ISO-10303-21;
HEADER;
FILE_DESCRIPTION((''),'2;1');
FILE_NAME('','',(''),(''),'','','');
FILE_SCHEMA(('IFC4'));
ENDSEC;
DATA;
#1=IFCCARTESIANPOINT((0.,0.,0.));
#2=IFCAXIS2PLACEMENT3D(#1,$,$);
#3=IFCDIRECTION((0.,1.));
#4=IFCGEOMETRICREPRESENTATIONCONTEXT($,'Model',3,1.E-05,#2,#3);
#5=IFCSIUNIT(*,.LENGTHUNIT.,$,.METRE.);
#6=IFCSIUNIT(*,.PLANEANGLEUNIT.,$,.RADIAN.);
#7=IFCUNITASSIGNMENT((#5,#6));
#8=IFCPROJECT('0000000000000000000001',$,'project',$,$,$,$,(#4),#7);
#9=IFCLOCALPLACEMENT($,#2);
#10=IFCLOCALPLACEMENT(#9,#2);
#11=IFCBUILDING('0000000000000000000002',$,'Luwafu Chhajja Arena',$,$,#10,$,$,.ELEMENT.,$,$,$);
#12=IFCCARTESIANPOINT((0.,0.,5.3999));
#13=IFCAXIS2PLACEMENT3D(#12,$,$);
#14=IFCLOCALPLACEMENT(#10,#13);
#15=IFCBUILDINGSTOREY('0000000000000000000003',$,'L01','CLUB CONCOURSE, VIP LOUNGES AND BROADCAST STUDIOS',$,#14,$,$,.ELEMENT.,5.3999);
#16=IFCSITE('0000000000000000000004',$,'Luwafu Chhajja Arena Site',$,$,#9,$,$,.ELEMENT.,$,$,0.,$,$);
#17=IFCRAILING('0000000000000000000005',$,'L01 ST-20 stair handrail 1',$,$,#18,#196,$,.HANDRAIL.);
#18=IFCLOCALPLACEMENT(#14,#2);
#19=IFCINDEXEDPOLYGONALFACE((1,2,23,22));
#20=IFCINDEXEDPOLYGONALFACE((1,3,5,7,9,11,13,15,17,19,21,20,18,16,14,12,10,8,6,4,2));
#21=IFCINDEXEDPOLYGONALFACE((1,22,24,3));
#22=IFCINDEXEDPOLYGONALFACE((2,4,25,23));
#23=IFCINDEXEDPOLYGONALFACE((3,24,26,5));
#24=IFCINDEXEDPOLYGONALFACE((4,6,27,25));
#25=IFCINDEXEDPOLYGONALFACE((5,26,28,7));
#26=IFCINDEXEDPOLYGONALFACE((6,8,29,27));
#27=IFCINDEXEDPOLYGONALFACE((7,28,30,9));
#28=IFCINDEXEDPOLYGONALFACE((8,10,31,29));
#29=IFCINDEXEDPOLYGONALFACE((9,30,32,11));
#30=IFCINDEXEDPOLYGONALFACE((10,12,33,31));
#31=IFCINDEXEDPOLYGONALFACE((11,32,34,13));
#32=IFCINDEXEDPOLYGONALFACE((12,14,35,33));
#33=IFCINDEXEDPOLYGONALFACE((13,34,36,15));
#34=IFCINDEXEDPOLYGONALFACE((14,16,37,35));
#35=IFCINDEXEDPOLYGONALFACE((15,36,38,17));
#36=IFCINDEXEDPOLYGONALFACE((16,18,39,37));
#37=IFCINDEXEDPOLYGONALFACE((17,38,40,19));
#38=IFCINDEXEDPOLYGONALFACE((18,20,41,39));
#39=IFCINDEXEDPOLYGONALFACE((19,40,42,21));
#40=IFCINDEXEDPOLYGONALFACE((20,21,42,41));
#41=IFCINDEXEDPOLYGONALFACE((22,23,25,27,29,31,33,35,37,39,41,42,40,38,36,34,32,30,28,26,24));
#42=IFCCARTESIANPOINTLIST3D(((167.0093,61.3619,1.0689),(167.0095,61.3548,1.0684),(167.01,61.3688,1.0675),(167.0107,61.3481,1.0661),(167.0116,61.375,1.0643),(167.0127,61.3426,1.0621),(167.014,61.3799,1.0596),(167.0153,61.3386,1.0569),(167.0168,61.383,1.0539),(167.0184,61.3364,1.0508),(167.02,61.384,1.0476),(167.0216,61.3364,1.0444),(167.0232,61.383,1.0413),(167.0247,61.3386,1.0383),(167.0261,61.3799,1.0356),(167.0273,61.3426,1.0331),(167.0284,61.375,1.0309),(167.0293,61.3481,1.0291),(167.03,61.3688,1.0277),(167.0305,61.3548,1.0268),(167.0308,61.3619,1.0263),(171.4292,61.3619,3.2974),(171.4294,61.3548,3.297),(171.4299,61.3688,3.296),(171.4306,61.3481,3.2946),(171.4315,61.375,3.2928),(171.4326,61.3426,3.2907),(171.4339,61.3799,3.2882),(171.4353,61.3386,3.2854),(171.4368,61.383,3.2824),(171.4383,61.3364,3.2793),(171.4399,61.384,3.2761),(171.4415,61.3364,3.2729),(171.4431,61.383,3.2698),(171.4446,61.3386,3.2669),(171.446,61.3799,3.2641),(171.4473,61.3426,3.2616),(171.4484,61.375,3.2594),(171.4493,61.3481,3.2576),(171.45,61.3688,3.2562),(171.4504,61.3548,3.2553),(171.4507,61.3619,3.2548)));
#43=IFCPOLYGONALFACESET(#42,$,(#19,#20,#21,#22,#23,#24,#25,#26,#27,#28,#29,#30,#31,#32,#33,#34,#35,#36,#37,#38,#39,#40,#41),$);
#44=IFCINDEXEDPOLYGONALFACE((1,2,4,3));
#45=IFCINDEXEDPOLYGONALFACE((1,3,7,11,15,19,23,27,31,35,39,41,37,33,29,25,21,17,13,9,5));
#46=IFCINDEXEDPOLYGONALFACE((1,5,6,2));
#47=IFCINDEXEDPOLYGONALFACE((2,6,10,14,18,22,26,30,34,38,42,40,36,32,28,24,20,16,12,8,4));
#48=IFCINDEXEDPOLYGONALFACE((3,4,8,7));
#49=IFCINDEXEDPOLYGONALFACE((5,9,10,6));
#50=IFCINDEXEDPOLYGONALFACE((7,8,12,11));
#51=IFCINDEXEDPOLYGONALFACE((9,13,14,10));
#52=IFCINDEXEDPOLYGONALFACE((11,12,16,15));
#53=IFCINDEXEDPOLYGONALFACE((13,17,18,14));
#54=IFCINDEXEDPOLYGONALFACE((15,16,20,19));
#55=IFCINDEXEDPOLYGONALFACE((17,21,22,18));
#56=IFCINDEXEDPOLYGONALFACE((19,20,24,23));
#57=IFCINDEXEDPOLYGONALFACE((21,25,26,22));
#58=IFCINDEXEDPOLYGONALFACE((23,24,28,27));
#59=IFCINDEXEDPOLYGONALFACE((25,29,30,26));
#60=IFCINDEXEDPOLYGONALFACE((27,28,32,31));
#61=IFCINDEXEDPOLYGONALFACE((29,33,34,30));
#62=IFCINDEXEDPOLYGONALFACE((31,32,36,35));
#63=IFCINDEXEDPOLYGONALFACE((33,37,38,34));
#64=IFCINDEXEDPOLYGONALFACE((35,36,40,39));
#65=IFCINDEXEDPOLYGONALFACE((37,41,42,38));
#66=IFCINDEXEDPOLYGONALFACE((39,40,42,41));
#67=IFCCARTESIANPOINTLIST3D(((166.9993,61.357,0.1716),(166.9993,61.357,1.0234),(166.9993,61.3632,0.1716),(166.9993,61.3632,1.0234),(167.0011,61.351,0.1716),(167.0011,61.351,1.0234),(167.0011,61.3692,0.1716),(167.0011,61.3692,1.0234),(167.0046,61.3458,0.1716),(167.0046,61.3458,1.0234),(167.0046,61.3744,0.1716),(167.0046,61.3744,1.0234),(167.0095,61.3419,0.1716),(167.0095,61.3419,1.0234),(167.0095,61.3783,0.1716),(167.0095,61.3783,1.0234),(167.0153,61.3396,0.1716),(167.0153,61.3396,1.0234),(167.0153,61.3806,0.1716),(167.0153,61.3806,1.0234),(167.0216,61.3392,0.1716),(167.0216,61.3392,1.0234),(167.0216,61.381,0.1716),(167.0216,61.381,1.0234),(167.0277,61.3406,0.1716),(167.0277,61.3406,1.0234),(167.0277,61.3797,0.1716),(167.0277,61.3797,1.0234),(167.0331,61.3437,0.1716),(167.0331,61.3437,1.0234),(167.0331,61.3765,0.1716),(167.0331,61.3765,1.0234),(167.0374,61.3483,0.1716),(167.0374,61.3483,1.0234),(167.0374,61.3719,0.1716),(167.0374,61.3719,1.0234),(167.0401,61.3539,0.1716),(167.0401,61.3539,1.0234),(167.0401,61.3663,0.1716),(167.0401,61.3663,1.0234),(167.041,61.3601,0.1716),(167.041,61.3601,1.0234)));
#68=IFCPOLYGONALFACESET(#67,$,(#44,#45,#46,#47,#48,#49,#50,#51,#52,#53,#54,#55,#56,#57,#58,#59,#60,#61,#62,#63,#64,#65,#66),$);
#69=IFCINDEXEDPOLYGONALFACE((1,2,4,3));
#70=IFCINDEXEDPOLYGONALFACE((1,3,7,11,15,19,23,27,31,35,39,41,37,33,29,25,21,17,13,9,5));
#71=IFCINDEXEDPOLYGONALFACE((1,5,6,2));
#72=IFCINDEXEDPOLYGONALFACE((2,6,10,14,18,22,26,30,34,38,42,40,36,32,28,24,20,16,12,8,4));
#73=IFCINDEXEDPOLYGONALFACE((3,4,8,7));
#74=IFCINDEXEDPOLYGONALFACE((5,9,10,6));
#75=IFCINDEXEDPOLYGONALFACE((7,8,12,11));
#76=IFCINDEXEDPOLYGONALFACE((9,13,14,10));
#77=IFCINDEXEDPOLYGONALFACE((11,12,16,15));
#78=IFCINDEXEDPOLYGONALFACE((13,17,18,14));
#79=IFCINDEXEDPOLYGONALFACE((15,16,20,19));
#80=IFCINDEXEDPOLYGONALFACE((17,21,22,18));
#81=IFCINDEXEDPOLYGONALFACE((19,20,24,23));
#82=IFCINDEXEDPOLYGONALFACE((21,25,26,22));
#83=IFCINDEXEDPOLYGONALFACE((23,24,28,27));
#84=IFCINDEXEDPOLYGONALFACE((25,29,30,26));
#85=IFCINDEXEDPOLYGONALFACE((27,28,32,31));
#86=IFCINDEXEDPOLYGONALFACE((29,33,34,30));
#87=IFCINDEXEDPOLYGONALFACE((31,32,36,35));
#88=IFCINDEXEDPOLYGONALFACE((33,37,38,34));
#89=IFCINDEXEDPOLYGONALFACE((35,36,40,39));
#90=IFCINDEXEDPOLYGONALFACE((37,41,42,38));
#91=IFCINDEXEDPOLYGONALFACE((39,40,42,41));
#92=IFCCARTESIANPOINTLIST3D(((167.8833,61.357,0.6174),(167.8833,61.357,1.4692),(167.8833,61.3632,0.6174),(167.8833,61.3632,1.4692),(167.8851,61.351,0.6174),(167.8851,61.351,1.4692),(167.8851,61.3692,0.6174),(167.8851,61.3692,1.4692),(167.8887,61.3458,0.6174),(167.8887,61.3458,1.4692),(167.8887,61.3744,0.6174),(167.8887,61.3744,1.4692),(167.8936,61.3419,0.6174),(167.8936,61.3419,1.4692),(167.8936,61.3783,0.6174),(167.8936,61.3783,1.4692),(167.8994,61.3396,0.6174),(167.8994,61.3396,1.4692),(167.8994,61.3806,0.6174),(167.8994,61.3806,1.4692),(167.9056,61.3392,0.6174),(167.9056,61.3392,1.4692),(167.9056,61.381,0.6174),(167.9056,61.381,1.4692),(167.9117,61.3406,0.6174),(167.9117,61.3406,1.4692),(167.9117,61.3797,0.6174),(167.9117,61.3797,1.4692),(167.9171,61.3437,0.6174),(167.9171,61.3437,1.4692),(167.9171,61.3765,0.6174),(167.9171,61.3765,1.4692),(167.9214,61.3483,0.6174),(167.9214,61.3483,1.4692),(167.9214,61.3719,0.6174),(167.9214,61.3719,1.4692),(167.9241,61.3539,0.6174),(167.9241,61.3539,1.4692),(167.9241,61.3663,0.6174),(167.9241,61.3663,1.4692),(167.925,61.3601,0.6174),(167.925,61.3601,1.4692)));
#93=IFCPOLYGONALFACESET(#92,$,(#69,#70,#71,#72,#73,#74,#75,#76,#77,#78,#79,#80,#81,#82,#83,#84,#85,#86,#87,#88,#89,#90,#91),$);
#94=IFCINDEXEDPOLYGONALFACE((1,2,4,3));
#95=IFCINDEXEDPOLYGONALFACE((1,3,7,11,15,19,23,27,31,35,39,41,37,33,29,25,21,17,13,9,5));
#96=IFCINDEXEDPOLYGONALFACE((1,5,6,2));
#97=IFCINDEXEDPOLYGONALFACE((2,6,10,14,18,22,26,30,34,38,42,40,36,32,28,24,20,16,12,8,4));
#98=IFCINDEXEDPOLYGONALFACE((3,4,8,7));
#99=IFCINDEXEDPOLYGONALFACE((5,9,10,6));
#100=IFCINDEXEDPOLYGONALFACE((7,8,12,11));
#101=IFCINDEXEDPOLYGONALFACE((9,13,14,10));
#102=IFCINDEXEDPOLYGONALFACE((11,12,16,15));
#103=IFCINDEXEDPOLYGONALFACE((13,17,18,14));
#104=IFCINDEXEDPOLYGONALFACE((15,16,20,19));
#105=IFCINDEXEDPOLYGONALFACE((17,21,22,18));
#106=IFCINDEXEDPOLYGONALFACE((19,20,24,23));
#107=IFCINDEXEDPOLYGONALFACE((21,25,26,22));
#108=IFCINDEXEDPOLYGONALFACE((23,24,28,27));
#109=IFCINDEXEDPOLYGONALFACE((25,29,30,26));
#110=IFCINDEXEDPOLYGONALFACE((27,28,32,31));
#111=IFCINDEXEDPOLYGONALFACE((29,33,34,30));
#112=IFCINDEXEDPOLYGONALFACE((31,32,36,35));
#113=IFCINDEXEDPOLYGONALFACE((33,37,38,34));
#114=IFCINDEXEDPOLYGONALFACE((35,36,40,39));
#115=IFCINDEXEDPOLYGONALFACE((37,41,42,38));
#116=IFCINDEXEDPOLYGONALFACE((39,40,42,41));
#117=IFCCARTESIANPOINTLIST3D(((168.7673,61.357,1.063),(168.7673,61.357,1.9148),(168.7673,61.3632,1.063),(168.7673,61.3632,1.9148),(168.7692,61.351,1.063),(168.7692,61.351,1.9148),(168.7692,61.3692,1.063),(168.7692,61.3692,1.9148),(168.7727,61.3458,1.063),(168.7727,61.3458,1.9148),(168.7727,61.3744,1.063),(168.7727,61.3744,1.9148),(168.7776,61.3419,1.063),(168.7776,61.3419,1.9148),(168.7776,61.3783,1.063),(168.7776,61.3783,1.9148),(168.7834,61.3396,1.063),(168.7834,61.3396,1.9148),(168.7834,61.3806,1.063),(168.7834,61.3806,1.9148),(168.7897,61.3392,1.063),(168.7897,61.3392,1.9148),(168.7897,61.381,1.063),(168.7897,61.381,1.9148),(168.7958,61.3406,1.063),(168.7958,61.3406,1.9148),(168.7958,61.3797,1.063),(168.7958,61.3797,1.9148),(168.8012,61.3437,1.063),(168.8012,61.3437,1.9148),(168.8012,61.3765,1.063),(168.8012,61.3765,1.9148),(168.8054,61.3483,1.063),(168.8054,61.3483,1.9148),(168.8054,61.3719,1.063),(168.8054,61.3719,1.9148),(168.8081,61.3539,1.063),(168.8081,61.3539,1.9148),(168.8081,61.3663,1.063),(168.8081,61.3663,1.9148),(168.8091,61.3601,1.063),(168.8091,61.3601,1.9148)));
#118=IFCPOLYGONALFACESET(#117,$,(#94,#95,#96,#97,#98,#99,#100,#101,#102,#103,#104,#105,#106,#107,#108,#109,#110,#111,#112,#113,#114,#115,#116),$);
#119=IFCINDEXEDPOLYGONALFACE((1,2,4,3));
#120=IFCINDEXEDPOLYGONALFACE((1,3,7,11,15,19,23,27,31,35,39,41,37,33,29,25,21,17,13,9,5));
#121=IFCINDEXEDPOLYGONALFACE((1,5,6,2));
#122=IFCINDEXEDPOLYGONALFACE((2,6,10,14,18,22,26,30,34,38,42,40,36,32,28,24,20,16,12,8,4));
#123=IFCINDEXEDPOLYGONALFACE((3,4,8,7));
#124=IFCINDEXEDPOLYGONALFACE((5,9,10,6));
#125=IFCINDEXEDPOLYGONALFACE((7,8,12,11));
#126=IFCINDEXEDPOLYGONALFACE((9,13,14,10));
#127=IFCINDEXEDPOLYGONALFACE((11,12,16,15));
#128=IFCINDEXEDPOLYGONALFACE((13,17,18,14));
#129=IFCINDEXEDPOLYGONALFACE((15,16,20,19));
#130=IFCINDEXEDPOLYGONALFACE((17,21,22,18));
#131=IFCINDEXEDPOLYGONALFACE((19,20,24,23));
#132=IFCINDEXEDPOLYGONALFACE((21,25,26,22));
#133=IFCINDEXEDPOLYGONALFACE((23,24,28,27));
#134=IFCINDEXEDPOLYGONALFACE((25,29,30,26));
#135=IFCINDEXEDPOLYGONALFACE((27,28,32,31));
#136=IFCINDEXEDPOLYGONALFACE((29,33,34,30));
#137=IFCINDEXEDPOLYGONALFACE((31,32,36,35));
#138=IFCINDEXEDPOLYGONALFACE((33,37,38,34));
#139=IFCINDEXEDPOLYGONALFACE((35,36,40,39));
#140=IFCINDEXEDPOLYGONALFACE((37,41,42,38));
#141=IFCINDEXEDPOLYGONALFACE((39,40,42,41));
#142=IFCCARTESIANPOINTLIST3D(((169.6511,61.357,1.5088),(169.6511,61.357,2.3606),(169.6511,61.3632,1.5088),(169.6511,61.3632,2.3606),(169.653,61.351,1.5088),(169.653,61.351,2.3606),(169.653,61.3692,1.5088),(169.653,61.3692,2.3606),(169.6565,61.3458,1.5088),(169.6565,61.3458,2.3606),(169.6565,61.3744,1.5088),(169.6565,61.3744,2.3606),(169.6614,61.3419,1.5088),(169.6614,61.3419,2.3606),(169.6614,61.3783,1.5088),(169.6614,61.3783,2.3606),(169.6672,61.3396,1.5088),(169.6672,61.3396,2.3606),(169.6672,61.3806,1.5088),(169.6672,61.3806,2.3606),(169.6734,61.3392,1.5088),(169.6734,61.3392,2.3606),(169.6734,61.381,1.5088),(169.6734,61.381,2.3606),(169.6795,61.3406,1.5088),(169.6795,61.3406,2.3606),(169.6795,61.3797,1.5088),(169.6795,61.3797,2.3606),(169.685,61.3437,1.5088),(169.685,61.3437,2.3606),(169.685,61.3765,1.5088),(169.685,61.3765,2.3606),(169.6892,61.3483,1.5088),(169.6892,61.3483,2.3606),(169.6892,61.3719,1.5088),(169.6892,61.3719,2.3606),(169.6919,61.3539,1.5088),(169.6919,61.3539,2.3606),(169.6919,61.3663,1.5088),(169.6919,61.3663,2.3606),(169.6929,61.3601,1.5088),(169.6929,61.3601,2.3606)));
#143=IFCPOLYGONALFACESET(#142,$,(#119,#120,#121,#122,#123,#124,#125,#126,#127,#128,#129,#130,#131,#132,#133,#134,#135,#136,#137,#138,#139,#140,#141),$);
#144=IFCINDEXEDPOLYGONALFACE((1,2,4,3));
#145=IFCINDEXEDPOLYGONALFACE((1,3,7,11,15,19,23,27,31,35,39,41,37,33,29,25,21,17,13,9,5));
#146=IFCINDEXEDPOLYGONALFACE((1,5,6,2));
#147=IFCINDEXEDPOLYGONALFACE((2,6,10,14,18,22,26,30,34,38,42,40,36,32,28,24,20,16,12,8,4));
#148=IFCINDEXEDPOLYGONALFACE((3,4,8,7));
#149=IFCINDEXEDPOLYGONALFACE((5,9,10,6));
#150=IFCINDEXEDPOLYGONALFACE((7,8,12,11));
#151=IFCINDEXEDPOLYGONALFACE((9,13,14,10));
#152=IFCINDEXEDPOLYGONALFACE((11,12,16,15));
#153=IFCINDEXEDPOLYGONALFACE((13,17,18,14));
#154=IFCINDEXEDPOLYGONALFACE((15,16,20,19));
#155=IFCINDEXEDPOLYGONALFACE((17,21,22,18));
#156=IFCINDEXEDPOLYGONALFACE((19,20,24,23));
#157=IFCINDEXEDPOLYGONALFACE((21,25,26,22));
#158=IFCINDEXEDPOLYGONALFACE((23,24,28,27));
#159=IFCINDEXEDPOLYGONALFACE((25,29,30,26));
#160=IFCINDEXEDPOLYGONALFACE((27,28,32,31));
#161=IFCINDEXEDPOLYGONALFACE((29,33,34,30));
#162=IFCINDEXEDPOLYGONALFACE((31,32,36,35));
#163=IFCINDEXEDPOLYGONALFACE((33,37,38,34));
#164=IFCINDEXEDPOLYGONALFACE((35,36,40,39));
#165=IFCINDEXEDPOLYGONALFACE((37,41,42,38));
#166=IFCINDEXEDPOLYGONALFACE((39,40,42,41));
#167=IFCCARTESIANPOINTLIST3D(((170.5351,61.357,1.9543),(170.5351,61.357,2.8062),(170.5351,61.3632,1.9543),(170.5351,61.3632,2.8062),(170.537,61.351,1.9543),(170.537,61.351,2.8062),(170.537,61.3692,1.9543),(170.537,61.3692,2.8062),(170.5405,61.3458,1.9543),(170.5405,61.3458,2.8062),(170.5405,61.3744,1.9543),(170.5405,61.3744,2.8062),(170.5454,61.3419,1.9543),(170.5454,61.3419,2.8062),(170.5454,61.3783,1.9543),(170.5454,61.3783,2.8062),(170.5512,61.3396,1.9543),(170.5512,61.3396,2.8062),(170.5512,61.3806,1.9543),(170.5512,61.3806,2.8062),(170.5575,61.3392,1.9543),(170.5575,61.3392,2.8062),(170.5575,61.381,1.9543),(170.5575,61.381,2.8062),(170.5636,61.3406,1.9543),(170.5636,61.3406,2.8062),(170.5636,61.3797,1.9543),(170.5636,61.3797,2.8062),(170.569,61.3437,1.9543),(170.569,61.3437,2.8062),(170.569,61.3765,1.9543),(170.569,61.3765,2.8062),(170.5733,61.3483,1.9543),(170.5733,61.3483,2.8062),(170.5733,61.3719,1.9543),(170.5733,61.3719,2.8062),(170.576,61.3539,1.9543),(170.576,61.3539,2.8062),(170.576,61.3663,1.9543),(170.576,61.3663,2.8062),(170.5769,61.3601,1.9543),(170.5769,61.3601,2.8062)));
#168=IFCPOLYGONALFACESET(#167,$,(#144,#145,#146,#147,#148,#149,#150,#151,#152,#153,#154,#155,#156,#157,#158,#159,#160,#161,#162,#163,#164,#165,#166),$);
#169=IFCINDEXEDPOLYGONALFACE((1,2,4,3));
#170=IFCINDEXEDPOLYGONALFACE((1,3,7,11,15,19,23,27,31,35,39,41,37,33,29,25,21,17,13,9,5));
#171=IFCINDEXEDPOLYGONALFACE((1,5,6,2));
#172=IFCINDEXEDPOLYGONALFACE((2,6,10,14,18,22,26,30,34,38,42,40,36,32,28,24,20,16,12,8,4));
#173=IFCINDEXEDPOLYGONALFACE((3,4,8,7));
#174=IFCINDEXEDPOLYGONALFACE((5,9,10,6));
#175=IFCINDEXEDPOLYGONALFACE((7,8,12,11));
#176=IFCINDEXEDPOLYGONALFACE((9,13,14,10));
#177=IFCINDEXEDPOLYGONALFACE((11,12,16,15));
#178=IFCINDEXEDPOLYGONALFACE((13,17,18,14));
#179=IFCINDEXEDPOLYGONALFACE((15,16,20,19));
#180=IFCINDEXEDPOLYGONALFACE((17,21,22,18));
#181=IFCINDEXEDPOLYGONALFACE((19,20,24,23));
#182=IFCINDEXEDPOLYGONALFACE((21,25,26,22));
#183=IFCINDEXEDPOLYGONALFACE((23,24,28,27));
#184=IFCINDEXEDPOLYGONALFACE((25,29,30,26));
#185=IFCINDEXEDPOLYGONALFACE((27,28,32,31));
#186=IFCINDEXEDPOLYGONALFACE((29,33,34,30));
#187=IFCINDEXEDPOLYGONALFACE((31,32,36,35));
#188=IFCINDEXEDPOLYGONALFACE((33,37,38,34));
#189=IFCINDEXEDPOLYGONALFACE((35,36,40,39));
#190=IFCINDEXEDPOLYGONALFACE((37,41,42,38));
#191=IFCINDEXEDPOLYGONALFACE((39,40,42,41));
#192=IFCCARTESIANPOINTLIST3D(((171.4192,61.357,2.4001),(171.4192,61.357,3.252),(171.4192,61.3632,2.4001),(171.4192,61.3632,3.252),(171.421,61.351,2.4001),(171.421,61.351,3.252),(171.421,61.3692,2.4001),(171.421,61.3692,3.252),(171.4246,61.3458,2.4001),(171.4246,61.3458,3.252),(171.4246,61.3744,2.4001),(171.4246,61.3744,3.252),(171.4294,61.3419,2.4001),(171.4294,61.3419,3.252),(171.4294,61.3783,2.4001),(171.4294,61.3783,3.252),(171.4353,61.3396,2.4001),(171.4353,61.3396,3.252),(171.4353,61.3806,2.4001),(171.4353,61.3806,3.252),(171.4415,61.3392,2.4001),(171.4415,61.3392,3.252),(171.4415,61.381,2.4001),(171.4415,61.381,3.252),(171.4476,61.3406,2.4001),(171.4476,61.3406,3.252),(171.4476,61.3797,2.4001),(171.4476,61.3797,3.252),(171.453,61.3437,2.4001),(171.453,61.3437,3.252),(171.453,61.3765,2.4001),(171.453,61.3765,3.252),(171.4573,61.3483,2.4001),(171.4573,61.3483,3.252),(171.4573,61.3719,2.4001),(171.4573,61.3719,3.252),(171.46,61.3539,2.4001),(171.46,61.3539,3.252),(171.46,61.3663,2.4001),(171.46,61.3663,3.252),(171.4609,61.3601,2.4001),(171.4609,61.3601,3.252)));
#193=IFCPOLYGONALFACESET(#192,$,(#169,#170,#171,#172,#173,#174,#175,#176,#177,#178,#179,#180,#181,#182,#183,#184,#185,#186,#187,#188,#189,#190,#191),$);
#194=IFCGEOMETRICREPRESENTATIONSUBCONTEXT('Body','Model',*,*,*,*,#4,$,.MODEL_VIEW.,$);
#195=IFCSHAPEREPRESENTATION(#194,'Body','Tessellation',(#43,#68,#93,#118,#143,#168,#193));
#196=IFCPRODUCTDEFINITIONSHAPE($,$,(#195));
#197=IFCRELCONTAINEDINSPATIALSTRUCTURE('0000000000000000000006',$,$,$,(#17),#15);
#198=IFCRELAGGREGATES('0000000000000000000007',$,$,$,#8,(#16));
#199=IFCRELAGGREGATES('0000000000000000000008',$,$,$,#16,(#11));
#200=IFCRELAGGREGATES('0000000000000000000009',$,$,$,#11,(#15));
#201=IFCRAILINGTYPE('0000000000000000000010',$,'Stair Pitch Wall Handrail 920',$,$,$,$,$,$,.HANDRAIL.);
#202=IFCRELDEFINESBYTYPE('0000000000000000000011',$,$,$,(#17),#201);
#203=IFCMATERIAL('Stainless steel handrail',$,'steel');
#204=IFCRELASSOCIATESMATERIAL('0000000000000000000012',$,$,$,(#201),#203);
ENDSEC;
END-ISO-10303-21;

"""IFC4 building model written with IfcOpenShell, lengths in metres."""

from ifc_helpers import new_model, si_unit, direction, frame, origin, origin_2d, place, context, subcontext, project, spatial, circle, extrude, material, type_object, element, save


model = new_model("IFC4")

# Units and contexts
model_context = context("Model", 3, precision=1e-05, world=origin(), true_north=direction((0.0, 1.0)))
body_context = subcontext(model_context, "Body", "Model", "MODEL_VIEW")
ifc_project = project(units=[si_unit("LENGTHUNIT", "METRE"), si_unit("PLANEANGLEUNIT", "RADIAN")], contexts=[model_context])

# Site, building, storey
site_placement = place(None, origin())
site = spatial("IfcSite", under=ifc_project, at=site_placement, Name="Luwafu Chhajja Arena Site", CompositionType="ELEMENT", RefElevation=0.0)
building_placement = place(site_placement, origin())
building = spatial("IfcBuilding", under=site, at=building_placement, Name="Luwafu Chhajja Arena", CompositionType="ELEMENT")
storey_placement = place(building_placement, frame((0.0, 0.0, 5.3999)))
storey = spatial("IfcBuildingStorey", under=building, at=storey_placement, Name="L01", Description="CLUB CONCOURSE, VIP LOUNGES AND BROADCAST STUDIOS", CompositionType="ELEMENT", Elevation=5.3999)

# Railing
ifc_material_1 = material(Name="Stainless steel handrail", Category="steel")
railing_type_1 = type_object("IfcRailingType", Name="Stair Pitch Wall Handrail 920", PredefinedType="HANDRAIL", material=ifc_material_1)
railing_1_placement = place(storey_placement, frame((167.02, 61.3601, 0.1716)))
element("IfcRailing", 1, at=railing_1_placement, inside=storey, type_object=railing_type_1, Name="L01 ST-20 stair handrail 1", PredefinedType="HANDRAIL", context=body_context, shape_type="SweptSolid", body=[
    extrude(circle(Radius=0.0239, at=origin_2d()), frame((0.0, 0.0, 0.876), z_axis=(0.892923, 0.0, 0.45021), x_axis=(0.0, 1.0, 0.0)), (0.0, 0.0, 1.0), 4.95),
    extrude(circle(Radius=0.021, at=origin_2d()), origin(), (0.0, 0.0, 1.0), 0.8518),
    extrude(circle(Radius=0.021, at=origin_2d()), frame((0.884, 0.0, 0.4458)), (0.0, 0.0, 1.0), 0.8518),
    extrude(circle(Radius=0.021, at=origin_2d()), frame((1.7681, 0.0, 0.8914)), (0.0, 0.0, 1.0), 0.8518),
    extrude(circle(Radius=0.021, at=origin_2d()), frame((2.6519, 0.0, 1.3372)), (0.0, 0.0, 1.0), 0.8518),
    extrude(circle(Radius=0.021, at=origin_2d()), frame((3.5359, 0.0, 1.7827)), (0.0, 0.0, 1.0), 0.8518),
    extrude(circle(Radius=0.021, at=origin_2d()), frame((4.4199, 0.0, 2.2285)), (0.0, 0.0, 1.0), 0.8518),
])

save(model, "model.ifc")
